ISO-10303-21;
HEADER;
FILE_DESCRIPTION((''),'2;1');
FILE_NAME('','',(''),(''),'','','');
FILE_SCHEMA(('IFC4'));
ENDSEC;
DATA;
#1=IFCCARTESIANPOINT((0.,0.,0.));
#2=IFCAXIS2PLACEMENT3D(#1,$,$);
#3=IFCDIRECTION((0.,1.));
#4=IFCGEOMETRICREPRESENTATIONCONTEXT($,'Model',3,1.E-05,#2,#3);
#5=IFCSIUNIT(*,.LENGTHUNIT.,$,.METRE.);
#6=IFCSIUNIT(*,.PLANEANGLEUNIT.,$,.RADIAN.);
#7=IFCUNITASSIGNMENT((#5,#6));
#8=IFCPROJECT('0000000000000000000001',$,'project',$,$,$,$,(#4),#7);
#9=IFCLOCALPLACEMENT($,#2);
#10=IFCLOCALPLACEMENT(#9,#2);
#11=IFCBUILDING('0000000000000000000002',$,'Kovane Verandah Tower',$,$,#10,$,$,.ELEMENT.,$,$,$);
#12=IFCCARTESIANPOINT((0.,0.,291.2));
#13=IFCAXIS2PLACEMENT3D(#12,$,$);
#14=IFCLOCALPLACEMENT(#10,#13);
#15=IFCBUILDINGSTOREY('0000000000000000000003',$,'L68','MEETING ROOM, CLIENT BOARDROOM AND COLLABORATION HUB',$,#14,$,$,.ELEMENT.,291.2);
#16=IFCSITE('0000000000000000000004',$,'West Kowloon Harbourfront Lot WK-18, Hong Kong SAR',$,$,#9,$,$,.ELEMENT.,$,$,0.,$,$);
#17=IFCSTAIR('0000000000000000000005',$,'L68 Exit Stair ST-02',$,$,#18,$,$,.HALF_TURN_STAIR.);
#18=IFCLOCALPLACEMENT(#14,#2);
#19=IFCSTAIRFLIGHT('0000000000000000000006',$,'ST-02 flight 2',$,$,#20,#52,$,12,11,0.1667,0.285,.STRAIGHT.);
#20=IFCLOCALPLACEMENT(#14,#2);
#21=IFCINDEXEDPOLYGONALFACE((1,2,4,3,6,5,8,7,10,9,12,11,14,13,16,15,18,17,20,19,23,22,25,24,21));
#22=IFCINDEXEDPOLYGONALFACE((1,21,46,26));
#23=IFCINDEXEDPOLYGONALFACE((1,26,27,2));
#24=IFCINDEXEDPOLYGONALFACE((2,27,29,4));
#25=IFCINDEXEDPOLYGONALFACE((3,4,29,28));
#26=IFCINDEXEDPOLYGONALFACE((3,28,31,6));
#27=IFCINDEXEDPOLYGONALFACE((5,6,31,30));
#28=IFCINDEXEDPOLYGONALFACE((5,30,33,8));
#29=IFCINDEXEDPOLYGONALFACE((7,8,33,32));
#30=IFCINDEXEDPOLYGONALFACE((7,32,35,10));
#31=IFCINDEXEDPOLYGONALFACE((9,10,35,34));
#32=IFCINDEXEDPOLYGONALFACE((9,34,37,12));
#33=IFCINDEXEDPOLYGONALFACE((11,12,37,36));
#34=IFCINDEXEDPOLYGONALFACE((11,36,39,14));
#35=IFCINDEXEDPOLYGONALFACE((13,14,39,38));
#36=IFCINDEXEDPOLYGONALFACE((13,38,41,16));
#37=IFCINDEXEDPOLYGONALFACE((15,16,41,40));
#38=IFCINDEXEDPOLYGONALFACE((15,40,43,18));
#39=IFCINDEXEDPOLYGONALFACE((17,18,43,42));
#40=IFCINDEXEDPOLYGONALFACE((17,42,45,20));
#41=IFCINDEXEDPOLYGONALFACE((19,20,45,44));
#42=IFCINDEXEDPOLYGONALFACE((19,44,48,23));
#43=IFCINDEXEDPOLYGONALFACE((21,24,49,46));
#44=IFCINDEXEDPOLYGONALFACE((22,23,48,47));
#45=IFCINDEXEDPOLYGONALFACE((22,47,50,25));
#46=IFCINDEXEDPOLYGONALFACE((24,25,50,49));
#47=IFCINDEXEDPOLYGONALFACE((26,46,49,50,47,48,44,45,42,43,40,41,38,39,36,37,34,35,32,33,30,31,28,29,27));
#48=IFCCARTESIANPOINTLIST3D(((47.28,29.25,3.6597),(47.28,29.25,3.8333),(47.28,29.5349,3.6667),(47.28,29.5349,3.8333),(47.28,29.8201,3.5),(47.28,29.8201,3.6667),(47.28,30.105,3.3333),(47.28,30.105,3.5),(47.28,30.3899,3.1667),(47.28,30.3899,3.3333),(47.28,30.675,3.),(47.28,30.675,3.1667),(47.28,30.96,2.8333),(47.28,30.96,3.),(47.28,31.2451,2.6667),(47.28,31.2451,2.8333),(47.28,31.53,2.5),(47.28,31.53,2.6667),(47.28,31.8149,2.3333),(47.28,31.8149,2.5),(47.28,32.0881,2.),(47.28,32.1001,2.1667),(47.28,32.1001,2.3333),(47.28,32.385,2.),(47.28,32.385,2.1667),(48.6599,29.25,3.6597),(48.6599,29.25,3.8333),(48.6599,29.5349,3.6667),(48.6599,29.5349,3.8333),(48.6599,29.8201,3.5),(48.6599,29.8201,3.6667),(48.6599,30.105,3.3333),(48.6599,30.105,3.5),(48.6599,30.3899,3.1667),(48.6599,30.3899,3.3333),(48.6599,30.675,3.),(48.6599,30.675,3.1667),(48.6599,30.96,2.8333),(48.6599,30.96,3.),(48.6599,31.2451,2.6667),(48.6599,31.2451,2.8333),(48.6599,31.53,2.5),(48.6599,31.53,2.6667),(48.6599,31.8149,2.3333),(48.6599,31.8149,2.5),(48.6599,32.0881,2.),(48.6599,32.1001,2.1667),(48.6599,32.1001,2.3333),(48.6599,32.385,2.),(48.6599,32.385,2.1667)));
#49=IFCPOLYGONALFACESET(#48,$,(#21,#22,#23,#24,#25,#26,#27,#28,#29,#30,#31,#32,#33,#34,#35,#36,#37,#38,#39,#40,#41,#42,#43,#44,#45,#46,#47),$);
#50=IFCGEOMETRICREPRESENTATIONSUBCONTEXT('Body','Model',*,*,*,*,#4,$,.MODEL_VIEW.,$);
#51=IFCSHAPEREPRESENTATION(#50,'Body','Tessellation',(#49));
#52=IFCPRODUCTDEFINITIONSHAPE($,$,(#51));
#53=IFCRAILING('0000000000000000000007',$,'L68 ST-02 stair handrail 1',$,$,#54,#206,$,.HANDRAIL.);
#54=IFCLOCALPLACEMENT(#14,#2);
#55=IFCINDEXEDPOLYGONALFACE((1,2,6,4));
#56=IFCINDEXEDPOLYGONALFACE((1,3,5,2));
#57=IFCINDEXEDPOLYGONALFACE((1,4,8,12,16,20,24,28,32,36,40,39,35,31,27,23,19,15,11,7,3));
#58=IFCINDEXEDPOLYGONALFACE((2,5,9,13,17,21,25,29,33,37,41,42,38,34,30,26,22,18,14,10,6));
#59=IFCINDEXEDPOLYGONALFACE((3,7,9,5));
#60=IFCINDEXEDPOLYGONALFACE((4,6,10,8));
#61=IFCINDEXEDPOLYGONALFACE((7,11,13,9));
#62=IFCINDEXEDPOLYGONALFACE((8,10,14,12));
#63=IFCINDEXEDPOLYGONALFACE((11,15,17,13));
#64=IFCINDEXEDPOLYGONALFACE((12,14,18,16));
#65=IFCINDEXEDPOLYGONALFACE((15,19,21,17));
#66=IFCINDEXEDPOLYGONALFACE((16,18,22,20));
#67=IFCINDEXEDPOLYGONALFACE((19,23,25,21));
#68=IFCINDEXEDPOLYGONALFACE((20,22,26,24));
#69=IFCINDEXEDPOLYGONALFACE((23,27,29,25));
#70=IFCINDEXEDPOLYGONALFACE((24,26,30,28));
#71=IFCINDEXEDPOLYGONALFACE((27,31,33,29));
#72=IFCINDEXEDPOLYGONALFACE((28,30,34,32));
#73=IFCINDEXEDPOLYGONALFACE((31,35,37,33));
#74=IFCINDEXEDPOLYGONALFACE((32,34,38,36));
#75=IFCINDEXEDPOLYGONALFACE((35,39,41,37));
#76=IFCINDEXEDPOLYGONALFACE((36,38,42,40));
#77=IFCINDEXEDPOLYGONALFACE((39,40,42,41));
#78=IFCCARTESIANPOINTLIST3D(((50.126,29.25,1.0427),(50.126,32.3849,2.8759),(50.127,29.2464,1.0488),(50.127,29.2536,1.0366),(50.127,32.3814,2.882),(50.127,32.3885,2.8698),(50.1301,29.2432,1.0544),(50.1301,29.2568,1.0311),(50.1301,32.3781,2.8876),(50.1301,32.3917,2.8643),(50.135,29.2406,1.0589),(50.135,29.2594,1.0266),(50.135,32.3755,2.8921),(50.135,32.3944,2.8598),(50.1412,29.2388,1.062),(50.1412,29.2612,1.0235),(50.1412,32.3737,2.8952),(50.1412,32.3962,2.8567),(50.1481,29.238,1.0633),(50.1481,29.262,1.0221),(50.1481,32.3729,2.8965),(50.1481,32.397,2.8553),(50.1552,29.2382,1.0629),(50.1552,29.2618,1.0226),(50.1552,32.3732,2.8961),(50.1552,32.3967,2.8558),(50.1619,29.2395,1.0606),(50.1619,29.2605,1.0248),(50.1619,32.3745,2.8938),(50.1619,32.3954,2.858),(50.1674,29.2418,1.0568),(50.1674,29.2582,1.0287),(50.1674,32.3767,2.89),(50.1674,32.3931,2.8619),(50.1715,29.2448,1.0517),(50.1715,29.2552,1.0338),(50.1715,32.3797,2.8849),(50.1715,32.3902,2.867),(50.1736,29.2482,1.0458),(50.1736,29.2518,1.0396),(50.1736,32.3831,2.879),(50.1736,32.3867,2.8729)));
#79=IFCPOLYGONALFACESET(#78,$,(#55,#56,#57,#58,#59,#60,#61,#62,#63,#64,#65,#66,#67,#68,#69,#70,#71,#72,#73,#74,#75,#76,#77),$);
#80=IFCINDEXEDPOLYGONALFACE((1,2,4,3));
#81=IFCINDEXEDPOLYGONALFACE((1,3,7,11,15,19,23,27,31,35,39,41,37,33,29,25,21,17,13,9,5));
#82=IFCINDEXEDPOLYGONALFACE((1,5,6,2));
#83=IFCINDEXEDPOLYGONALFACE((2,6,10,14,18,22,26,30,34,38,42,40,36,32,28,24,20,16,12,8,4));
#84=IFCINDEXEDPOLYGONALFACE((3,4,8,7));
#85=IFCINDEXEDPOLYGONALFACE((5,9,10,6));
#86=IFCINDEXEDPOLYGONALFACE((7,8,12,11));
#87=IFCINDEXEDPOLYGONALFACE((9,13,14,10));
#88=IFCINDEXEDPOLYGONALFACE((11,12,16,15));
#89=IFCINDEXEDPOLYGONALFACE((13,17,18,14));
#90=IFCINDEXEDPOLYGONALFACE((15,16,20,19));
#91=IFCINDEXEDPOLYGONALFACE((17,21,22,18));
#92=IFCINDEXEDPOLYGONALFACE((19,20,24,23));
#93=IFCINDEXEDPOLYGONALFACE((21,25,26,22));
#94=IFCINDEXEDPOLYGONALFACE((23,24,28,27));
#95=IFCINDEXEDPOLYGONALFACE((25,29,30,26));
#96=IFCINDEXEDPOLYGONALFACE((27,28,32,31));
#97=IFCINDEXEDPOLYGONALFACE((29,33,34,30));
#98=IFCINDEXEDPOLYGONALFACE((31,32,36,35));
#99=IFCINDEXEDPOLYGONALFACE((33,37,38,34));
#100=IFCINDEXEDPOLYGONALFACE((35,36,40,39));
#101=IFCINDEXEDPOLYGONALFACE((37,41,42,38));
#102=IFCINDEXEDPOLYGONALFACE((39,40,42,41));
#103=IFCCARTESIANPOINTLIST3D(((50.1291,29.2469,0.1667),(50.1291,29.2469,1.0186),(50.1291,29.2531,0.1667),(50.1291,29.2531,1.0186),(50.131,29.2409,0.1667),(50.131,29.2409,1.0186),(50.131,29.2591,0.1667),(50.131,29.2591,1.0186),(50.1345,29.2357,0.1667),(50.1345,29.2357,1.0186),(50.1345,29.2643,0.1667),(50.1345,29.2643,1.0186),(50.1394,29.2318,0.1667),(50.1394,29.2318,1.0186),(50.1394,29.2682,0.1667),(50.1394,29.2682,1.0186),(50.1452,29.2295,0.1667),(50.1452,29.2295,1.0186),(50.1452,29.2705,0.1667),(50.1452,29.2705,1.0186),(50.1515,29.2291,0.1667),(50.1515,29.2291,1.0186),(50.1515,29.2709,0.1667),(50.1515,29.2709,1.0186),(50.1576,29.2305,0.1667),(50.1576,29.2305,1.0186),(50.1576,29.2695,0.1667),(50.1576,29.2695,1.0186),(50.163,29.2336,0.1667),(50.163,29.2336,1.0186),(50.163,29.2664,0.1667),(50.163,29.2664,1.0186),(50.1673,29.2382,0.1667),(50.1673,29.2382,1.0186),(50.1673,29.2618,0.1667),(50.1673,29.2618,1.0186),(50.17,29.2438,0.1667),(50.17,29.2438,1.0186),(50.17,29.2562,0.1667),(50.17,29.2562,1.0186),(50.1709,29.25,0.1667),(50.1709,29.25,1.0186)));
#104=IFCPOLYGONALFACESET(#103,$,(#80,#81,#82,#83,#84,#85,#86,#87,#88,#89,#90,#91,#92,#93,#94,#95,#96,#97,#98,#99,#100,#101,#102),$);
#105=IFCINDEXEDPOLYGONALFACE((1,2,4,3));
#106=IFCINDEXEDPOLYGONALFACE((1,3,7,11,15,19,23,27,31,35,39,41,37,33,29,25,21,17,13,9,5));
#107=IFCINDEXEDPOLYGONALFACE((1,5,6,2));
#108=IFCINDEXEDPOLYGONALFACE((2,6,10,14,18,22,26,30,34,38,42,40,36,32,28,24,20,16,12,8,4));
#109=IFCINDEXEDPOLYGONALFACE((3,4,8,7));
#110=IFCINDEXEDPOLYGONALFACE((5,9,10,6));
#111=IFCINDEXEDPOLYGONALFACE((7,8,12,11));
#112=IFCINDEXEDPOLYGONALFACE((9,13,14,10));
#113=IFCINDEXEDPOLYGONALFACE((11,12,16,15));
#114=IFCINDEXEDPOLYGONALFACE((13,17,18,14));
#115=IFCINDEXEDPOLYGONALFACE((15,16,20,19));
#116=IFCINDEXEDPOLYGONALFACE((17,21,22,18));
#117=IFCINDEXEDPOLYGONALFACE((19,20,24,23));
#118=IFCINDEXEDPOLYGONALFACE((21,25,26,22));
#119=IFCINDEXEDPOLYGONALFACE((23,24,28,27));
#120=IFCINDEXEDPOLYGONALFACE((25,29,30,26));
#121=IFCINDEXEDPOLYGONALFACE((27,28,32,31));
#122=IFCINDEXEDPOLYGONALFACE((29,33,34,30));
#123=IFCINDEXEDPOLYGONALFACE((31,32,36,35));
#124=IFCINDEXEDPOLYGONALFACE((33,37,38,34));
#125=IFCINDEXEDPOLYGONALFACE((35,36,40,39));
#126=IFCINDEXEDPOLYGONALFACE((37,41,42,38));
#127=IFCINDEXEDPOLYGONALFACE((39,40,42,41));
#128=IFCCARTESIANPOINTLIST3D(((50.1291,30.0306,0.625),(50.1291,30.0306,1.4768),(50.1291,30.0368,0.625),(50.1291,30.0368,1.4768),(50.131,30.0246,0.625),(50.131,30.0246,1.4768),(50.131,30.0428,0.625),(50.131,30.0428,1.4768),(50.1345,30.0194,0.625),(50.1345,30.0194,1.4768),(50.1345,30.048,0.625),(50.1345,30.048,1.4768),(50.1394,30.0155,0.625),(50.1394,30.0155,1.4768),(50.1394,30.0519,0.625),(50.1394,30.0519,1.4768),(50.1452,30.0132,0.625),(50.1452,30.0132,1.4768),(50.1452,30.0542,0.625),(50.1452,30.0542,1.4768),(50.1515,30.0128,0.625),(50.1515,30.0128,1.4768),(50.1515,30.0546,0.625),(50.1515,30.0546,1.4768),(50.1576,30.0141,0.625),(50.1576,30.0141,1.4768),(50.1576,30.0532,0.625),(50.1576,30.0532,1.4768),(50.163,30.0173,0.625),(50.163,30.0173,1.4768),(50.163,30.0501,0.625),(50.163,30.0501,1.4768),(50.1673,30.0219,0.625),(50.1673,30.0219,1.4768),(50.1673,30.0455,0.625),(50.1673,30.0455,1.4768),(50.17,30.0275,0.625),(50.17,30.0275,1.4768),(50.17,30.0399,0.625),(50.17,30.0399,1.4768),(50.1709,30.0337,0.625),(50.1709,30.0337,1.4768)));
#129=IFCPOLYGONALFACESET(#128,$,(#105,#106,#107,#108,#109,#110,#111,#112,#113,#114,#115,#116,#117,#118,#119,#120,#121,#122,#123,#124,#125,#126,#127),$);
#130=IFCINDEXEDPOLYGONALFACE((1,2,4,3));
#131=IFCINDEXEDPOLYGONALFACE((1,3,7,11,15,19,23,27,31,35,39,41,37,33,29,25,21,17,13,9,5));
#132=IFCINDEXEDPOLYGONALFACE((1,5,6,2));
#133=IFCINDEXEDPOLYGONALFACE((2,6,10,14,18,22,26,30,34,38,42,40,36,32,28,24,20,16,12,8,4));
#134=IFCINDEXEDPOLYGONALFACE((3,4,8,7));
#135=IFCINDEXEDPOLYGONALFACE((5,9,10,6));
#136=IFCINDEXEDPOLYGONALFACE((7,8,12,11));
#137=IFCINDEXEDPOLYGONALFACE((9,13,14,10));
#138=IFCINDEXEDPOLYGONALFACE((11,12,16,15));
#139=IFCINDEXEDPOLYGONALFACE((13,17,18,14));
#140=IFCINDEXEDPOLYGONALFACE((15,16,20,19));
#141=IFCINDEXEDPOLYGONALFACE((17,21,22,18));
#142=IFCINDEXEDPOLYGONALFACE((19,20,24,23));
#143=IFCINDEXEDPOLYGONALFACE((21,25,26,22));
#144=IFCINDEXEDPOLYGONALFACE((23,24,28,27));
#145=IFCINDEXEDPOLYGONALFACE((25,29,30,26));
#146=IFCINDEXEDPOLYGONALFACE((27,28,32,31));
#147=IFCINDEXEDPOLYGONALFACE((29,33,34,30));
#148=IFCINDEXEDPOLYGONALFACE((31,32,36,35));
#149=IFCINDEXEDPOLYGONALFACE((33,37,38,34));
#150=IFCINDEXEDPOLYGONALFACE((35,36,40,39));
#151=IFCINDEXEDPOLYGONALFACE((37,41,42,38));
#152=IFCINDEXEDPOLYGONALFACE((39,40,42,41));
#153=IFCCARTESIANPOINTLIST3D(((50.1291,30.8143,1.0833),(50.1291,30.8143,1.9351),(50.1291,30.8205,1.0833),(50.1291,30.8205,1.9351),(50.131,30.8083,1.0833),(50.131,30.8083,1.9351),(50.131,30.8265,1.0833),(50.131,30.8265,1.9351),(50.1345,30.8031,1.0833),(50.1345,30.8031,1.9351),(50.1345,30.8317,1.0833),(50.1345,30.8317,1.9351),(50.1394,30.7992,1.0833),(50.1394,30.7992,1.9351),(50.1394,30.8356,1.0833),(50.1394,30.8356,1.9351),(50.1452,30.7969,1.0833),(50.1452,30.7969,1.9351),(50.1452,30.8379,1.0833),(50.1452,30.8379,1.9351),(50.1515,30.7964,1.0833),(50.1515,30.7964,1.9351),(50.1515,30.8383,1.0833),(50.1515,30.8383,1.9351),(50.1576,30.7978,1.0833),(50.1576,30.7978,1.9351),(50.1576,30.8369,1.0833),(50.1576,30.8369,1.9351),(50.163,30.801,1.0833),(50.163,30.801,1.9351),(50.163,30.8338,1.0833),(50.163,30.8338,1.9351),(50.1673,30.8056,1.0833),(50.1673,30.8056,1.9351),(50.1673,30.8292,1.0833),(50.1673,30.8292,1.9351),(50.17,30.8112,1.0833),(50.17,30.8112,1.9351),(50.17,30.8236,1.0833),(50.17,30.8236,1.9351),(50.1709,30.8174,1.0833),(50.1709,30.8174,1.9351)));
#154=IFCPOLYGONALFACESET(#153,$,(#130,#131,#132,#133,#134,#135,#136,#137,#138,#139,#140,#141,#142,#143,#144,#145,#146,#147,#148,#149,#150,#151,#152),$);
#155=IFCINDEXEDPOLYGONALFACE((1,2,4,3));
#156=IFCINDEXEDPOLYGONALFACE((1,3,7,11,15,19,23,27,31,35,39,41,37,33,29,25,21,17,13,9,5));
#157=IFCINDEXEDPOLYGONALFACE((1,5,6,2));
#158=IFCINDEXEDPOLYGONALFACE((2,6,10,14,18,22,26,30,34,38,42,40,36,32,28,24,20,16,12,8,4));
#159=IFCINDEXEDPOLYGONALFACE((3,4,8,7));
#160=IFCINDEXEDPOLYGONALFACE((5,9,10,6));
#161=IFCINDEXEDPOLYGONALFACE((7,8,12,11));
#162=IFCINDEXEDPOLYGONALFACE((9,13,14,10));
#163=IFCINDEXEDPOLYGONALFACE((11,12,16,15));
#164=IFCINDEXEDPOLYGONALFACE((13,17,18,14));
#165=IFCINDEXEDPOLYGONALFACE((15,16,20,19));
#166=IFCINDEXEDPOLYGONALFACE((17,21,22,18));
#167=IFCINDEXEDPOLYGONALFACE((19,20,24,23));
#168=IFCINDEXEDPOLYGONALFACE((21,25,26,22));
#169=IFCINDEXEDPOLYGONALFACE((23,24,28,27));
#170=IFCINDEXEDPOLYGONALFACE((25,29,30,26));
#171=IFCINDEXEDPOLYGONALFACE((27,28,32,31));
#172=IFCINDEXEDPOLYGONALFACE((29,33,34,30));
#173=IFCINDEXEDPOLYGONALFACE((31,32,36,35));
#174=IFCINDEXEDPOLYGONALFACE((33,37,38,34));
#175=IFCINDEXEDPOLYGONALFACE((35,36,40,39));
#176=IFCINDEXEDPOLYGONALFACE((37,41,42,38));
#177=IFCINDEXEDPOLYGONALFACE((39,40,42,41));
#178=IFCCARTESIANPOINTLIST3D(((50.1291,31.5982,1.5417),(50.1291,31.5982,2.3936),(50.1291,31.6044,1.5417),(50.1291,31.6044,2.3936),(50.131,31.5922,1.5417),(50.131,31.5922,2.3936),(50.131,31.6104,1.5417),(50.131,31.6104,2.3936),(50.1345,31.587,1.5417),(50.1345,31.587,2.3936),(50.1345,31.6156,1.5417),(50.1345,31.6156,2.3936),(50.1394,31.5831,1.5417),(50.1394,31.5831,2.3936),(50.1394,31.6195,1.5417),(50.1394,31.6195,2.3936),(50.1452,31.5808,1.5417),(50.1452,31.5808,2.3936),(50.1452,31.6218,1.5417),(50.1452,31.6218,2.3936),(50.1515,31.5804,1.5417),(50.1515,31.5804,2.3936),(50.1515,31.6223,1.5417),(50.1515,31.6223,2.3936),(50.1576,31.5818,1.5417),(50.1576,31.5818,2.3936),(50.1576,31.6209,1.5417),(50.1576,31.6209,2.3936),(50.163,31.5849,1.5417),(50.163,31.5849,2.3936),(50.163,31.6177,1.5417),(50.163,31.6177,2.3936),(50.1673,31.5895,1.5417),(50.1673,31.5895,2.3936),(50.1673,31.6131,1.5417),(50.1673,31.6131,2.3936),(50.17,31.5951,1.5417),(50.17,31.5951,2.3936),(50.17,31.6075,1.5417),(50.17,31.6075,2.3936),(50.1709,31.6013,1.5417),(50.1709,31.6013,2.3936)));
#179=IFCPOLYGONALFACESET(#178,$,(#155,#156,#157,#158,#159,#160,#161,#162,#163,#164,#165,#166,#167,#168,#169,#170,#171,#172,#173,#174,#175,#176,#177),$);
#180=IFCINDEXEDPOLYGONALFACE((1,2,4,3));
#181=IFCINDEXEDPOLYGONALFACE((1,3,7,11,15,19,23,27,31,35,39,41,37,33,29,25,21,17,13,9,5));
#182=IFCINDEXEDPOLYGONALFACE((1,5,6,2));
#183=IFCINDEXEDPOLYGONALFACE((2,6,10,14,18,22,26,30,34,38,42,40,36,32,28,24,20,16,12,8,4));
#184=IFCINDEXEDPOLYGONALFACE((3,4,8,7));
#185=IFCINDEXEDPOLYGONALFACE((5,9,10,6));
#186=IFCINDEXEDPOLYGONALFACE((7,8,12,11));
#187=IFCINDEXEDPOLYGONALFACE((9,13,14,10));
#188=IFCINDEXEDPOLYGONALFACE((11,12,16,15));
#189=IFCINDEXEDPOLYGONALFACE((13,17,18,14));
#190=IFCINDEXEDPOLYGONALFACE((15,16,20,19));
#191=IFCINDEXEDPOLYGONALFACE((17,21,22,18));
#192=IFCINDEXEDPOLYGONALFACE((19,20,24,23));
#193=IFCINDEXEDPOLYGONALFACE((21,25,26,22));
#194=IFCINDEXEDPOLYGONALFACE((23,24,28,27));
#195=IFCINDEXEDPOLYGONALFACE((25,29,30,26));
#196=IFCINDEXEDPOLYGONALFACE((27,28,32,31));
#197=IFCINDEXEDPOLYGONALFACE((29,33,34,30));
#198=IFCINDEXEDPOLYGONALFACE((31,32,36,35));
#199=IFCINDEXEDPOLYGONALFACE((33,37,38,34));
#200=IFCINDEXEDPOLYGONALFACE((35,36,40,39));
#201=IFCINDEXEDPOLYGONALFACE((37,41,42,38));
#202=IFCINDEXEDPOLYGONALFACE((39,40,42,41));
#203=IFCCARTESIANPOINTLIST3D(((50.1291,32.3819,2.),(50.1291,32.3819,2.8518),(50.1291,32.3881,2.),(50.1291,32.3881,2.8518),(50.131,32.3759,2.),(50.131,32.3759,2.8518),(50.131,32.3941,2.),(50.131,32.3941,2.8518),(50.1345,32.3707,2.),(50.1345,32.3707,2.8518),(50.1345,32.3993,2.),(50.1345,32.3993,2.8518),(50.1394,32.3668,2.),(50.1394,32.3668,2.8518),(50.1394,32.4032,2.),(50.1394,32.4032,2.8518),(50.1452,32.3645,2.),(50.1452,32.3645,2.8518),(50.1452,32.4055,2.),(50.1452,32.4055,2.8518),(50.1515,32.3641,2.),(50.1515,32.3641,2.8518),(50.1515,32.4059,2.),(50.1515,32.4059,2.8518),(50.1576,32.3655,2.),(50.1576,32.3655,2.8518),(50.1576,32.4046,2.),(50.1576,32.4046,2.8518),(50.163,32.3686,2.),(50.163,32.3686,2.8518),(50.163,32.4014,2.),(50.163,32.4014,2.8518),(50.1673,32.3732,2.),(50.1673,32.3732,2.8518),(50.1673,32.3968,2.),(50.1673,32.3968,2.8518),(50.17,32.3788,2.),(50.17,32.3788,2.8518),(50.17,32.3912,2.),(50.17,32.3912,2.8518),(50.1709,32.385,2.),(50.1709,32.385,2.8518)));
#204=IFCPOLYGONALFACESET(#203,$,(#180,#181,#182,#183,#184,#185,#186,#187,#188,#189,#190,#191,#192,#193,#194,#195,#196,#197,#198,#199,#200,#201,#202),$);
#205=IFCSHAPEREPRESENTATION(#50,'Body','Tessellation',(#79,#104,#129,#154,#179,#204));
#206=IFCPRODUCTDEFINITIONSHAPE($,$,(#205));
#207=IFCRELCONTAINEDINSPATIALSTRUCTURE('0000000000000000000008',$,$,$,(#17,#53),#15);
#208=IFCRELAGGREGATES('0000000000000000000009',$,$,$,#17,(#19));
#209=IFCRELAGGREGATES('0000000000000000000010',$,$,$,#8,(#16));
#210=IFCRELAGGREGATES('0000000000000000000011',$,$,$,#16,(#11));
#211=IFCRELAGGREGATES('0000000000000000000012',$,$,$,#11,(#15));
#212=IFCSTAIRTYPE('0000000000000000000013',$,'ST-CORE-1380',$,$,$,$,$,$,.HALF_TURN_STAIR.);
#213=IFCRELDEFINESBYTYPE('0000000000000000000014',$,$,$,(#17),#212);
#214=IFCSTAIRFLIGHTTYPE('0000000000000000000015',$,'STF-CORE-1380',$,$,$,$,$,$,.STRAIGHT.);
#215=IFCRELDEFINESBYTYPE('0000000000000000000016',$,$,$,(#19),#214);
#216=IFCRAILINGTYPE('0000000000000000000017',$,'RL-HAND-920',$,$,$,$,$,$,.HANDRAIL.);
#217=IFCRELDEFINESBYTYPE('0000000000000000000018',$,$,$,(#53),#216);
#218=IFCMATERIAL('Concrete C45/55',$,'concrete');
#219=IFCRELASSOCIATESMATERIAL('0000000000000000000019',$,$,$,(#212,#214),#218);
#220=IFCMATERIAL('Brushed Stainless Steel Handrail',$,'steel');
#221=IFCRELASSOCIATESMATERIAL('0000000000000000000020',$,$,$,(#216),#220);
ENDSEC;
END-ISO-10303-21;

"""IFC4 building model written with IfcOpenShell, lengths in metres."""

from ifc_helpers import new_model, si_unit, direction, frame, origin, origin_2d, place, context, subcontext, project, spatial, polyline, circle, outline, extrude, material, type_object, element, aggregate, save


model = new_model("IFC4")

# Units and contexts
model_context = context("Model", 3, precision=1e-05, world=origin(), true_north=direction((0.0, 1.0)))
body_context = subcontext(model_context, "Body", "Model", "MODEL_VIEW")
ifc_project = project(units=[si_unit("LENGTHUNIT", "METRE"), si_unit("PLANEANGLEUNIT", "RADIAN")], contexts=[model_context])

# Site, building, storey
site_placement = place(None, origin())
site = spatial("IfcSite", under=ifc_project, at=site_placement, Name="West Kowloon Harbourfront Lot WK-18, Hong Kong SAR", CompositionType="ELEMENT", RefElevation=0.0)
building_placement = place(site_placement, origin())
building = spatial("IfcBuilding", under=site, at=building_placement, Name="Kovane Verandah Tower", CompositionType="ELEMENT")
storey_placement = place(building_placement, frame((0.0, 0.0, 291.2)))
storey = spatial("IfcBuildingStorey", under=building, at=storey_placement, Name="L68", Description="MEETING ROOM, CLIENT BOARDROOM AND COLLABORATION HUB", CompositionType="ELEMENT", Elevation=291.2)

# Shared definitions
ifc_material_1 = material(Name="Concrete C45/55", Category="concrete")

# Stair, stair flight
stair_type = type_object("IfcStairType", Name="ST-CORE-1380", PredefinedType="HALF_TURN_STAIR", material=ifc_material_1)
stair_placement = place(storey_placement, origin())
stair = element("IfcStair", 1, at=stair_placement, inside=storey, type_object=stair_type, Name="L68 Exit Stair ST-02", PredefinedType="HALF_TURN_STAIR")
stair_flight_type = type_object("IfcStairFlightType", Name="STF-CORE-1380", PredefinedType="STRAIGHT", material=ifc_material_1)
stair_flight_1_placement = place(storey_placement, frame((47.97, 32.385, 2.0), z_axis=(0.0, 0.0, 1.0), x_axis=(0.0, -1.0, 0.0)))
stair_flight_1 = element("IfcStairFlight", 2, at=stair_flight_1_placement, type_object=stair_flight_type, Name="ST-02 flight 2", NumberOfRisers=12, NumberOfTreads=11, PredefinedType="STRAIGHT", RiserHeight=0.1667, TreadLength=0.285, context=body_context, shape_type="SweptSolid", body=[
    extrude(outline(polyline([(0.0, 0.0), (0.0, 0.1667), (0.2849, 0.1667), (0.2849, 0.3333), (0.5701, 0.3333), (0.5701, 0.5), (0.855, 0.5), (0.855, 0.6667), (1.1399, 0.6667), (1.1399, 0.8333), (1.425, 0.8333), (1.425, 1.0), (1.71, 1.0), (1.71, 1.1667), (1.9951, 1.1667), (1.9951, 1.3333), (2.28, 1.3333), (2.28, 1.5), (2.5649, 1.5), (2.5649, 1.6667), (2.8501, 1.6667), (2.8501, 1.8333), (3.135, 1.8333), (3.135, 2.0), (3.135, 1.6597), (0.2969, 0.0), (0.0, 0.0)])), frame((0.0, 0.6899, 0.0), z_axis=(0.0, -1.0, 0.0), x_axis=(1.0, 0.0, 0.0)), (0.0, 0.0, 1.0), 1.3799),
])
aggregate(stair, [stair_flight_1])

# Railing
ifc_material_2 = material(Name="Brushed Stainless Steel Handrail", Category="steel")
railing_type_1 = type_object("IfcRailingType", Name="RL-HAND-920", PredefinedType="HANDRAIL", material=ifc_material_2)
railing_1_placement = place(storey_placement, frame((50.1499, 29.25, 0.1667)))
element("IfcRailing", 3, at=railing_1_placement, inside=storey, type_object=railing_type_1, Name="L68 ST-02 stair handrail 1", PredefinedType="HANDRAIL", context=body_context, shape_type="SweptSolid", body=[
    extrude(circle(Radius=0.0239, at=origin_2d()), frame((0.0, 0.0, 0.876), z_axis=(0.0, 0.86324, 0.504794), x_axis=(-1.0, 0.0, 0.0)), (0.0, 0.0, 1.0), 3.6316),
    extrude(circle(Radius=0.021, at=origin_2d()), origin(), (0.0, 0.0, 1.0), 0.8518),
    extrude(circle(Radius=0.021, at=origin_2d()), frame((0.0, 0.7837, 0.4583)), (0.0, 0.0, 1.0), 0.8518),
    extrude(circle(Radius=0.021, at=origin_2d()), frame((0.0, 1.5674, 0.9165)), (0.0, 0.0, 1.0), 0.8518),
    extrude(circle(Radius=0.021, at=origin_2d()), frame((0.0, 2.3513, 1.375)), (0.0, 0.0, 1.0), 0.8518),
    extrude(circle(Radius=0.021, at=origin_2d()), frame((0.0, 3.135, 1.8333)), (0.0, 0.0, 1.0), 0.8518),
])

save(model, "model.ifc")
